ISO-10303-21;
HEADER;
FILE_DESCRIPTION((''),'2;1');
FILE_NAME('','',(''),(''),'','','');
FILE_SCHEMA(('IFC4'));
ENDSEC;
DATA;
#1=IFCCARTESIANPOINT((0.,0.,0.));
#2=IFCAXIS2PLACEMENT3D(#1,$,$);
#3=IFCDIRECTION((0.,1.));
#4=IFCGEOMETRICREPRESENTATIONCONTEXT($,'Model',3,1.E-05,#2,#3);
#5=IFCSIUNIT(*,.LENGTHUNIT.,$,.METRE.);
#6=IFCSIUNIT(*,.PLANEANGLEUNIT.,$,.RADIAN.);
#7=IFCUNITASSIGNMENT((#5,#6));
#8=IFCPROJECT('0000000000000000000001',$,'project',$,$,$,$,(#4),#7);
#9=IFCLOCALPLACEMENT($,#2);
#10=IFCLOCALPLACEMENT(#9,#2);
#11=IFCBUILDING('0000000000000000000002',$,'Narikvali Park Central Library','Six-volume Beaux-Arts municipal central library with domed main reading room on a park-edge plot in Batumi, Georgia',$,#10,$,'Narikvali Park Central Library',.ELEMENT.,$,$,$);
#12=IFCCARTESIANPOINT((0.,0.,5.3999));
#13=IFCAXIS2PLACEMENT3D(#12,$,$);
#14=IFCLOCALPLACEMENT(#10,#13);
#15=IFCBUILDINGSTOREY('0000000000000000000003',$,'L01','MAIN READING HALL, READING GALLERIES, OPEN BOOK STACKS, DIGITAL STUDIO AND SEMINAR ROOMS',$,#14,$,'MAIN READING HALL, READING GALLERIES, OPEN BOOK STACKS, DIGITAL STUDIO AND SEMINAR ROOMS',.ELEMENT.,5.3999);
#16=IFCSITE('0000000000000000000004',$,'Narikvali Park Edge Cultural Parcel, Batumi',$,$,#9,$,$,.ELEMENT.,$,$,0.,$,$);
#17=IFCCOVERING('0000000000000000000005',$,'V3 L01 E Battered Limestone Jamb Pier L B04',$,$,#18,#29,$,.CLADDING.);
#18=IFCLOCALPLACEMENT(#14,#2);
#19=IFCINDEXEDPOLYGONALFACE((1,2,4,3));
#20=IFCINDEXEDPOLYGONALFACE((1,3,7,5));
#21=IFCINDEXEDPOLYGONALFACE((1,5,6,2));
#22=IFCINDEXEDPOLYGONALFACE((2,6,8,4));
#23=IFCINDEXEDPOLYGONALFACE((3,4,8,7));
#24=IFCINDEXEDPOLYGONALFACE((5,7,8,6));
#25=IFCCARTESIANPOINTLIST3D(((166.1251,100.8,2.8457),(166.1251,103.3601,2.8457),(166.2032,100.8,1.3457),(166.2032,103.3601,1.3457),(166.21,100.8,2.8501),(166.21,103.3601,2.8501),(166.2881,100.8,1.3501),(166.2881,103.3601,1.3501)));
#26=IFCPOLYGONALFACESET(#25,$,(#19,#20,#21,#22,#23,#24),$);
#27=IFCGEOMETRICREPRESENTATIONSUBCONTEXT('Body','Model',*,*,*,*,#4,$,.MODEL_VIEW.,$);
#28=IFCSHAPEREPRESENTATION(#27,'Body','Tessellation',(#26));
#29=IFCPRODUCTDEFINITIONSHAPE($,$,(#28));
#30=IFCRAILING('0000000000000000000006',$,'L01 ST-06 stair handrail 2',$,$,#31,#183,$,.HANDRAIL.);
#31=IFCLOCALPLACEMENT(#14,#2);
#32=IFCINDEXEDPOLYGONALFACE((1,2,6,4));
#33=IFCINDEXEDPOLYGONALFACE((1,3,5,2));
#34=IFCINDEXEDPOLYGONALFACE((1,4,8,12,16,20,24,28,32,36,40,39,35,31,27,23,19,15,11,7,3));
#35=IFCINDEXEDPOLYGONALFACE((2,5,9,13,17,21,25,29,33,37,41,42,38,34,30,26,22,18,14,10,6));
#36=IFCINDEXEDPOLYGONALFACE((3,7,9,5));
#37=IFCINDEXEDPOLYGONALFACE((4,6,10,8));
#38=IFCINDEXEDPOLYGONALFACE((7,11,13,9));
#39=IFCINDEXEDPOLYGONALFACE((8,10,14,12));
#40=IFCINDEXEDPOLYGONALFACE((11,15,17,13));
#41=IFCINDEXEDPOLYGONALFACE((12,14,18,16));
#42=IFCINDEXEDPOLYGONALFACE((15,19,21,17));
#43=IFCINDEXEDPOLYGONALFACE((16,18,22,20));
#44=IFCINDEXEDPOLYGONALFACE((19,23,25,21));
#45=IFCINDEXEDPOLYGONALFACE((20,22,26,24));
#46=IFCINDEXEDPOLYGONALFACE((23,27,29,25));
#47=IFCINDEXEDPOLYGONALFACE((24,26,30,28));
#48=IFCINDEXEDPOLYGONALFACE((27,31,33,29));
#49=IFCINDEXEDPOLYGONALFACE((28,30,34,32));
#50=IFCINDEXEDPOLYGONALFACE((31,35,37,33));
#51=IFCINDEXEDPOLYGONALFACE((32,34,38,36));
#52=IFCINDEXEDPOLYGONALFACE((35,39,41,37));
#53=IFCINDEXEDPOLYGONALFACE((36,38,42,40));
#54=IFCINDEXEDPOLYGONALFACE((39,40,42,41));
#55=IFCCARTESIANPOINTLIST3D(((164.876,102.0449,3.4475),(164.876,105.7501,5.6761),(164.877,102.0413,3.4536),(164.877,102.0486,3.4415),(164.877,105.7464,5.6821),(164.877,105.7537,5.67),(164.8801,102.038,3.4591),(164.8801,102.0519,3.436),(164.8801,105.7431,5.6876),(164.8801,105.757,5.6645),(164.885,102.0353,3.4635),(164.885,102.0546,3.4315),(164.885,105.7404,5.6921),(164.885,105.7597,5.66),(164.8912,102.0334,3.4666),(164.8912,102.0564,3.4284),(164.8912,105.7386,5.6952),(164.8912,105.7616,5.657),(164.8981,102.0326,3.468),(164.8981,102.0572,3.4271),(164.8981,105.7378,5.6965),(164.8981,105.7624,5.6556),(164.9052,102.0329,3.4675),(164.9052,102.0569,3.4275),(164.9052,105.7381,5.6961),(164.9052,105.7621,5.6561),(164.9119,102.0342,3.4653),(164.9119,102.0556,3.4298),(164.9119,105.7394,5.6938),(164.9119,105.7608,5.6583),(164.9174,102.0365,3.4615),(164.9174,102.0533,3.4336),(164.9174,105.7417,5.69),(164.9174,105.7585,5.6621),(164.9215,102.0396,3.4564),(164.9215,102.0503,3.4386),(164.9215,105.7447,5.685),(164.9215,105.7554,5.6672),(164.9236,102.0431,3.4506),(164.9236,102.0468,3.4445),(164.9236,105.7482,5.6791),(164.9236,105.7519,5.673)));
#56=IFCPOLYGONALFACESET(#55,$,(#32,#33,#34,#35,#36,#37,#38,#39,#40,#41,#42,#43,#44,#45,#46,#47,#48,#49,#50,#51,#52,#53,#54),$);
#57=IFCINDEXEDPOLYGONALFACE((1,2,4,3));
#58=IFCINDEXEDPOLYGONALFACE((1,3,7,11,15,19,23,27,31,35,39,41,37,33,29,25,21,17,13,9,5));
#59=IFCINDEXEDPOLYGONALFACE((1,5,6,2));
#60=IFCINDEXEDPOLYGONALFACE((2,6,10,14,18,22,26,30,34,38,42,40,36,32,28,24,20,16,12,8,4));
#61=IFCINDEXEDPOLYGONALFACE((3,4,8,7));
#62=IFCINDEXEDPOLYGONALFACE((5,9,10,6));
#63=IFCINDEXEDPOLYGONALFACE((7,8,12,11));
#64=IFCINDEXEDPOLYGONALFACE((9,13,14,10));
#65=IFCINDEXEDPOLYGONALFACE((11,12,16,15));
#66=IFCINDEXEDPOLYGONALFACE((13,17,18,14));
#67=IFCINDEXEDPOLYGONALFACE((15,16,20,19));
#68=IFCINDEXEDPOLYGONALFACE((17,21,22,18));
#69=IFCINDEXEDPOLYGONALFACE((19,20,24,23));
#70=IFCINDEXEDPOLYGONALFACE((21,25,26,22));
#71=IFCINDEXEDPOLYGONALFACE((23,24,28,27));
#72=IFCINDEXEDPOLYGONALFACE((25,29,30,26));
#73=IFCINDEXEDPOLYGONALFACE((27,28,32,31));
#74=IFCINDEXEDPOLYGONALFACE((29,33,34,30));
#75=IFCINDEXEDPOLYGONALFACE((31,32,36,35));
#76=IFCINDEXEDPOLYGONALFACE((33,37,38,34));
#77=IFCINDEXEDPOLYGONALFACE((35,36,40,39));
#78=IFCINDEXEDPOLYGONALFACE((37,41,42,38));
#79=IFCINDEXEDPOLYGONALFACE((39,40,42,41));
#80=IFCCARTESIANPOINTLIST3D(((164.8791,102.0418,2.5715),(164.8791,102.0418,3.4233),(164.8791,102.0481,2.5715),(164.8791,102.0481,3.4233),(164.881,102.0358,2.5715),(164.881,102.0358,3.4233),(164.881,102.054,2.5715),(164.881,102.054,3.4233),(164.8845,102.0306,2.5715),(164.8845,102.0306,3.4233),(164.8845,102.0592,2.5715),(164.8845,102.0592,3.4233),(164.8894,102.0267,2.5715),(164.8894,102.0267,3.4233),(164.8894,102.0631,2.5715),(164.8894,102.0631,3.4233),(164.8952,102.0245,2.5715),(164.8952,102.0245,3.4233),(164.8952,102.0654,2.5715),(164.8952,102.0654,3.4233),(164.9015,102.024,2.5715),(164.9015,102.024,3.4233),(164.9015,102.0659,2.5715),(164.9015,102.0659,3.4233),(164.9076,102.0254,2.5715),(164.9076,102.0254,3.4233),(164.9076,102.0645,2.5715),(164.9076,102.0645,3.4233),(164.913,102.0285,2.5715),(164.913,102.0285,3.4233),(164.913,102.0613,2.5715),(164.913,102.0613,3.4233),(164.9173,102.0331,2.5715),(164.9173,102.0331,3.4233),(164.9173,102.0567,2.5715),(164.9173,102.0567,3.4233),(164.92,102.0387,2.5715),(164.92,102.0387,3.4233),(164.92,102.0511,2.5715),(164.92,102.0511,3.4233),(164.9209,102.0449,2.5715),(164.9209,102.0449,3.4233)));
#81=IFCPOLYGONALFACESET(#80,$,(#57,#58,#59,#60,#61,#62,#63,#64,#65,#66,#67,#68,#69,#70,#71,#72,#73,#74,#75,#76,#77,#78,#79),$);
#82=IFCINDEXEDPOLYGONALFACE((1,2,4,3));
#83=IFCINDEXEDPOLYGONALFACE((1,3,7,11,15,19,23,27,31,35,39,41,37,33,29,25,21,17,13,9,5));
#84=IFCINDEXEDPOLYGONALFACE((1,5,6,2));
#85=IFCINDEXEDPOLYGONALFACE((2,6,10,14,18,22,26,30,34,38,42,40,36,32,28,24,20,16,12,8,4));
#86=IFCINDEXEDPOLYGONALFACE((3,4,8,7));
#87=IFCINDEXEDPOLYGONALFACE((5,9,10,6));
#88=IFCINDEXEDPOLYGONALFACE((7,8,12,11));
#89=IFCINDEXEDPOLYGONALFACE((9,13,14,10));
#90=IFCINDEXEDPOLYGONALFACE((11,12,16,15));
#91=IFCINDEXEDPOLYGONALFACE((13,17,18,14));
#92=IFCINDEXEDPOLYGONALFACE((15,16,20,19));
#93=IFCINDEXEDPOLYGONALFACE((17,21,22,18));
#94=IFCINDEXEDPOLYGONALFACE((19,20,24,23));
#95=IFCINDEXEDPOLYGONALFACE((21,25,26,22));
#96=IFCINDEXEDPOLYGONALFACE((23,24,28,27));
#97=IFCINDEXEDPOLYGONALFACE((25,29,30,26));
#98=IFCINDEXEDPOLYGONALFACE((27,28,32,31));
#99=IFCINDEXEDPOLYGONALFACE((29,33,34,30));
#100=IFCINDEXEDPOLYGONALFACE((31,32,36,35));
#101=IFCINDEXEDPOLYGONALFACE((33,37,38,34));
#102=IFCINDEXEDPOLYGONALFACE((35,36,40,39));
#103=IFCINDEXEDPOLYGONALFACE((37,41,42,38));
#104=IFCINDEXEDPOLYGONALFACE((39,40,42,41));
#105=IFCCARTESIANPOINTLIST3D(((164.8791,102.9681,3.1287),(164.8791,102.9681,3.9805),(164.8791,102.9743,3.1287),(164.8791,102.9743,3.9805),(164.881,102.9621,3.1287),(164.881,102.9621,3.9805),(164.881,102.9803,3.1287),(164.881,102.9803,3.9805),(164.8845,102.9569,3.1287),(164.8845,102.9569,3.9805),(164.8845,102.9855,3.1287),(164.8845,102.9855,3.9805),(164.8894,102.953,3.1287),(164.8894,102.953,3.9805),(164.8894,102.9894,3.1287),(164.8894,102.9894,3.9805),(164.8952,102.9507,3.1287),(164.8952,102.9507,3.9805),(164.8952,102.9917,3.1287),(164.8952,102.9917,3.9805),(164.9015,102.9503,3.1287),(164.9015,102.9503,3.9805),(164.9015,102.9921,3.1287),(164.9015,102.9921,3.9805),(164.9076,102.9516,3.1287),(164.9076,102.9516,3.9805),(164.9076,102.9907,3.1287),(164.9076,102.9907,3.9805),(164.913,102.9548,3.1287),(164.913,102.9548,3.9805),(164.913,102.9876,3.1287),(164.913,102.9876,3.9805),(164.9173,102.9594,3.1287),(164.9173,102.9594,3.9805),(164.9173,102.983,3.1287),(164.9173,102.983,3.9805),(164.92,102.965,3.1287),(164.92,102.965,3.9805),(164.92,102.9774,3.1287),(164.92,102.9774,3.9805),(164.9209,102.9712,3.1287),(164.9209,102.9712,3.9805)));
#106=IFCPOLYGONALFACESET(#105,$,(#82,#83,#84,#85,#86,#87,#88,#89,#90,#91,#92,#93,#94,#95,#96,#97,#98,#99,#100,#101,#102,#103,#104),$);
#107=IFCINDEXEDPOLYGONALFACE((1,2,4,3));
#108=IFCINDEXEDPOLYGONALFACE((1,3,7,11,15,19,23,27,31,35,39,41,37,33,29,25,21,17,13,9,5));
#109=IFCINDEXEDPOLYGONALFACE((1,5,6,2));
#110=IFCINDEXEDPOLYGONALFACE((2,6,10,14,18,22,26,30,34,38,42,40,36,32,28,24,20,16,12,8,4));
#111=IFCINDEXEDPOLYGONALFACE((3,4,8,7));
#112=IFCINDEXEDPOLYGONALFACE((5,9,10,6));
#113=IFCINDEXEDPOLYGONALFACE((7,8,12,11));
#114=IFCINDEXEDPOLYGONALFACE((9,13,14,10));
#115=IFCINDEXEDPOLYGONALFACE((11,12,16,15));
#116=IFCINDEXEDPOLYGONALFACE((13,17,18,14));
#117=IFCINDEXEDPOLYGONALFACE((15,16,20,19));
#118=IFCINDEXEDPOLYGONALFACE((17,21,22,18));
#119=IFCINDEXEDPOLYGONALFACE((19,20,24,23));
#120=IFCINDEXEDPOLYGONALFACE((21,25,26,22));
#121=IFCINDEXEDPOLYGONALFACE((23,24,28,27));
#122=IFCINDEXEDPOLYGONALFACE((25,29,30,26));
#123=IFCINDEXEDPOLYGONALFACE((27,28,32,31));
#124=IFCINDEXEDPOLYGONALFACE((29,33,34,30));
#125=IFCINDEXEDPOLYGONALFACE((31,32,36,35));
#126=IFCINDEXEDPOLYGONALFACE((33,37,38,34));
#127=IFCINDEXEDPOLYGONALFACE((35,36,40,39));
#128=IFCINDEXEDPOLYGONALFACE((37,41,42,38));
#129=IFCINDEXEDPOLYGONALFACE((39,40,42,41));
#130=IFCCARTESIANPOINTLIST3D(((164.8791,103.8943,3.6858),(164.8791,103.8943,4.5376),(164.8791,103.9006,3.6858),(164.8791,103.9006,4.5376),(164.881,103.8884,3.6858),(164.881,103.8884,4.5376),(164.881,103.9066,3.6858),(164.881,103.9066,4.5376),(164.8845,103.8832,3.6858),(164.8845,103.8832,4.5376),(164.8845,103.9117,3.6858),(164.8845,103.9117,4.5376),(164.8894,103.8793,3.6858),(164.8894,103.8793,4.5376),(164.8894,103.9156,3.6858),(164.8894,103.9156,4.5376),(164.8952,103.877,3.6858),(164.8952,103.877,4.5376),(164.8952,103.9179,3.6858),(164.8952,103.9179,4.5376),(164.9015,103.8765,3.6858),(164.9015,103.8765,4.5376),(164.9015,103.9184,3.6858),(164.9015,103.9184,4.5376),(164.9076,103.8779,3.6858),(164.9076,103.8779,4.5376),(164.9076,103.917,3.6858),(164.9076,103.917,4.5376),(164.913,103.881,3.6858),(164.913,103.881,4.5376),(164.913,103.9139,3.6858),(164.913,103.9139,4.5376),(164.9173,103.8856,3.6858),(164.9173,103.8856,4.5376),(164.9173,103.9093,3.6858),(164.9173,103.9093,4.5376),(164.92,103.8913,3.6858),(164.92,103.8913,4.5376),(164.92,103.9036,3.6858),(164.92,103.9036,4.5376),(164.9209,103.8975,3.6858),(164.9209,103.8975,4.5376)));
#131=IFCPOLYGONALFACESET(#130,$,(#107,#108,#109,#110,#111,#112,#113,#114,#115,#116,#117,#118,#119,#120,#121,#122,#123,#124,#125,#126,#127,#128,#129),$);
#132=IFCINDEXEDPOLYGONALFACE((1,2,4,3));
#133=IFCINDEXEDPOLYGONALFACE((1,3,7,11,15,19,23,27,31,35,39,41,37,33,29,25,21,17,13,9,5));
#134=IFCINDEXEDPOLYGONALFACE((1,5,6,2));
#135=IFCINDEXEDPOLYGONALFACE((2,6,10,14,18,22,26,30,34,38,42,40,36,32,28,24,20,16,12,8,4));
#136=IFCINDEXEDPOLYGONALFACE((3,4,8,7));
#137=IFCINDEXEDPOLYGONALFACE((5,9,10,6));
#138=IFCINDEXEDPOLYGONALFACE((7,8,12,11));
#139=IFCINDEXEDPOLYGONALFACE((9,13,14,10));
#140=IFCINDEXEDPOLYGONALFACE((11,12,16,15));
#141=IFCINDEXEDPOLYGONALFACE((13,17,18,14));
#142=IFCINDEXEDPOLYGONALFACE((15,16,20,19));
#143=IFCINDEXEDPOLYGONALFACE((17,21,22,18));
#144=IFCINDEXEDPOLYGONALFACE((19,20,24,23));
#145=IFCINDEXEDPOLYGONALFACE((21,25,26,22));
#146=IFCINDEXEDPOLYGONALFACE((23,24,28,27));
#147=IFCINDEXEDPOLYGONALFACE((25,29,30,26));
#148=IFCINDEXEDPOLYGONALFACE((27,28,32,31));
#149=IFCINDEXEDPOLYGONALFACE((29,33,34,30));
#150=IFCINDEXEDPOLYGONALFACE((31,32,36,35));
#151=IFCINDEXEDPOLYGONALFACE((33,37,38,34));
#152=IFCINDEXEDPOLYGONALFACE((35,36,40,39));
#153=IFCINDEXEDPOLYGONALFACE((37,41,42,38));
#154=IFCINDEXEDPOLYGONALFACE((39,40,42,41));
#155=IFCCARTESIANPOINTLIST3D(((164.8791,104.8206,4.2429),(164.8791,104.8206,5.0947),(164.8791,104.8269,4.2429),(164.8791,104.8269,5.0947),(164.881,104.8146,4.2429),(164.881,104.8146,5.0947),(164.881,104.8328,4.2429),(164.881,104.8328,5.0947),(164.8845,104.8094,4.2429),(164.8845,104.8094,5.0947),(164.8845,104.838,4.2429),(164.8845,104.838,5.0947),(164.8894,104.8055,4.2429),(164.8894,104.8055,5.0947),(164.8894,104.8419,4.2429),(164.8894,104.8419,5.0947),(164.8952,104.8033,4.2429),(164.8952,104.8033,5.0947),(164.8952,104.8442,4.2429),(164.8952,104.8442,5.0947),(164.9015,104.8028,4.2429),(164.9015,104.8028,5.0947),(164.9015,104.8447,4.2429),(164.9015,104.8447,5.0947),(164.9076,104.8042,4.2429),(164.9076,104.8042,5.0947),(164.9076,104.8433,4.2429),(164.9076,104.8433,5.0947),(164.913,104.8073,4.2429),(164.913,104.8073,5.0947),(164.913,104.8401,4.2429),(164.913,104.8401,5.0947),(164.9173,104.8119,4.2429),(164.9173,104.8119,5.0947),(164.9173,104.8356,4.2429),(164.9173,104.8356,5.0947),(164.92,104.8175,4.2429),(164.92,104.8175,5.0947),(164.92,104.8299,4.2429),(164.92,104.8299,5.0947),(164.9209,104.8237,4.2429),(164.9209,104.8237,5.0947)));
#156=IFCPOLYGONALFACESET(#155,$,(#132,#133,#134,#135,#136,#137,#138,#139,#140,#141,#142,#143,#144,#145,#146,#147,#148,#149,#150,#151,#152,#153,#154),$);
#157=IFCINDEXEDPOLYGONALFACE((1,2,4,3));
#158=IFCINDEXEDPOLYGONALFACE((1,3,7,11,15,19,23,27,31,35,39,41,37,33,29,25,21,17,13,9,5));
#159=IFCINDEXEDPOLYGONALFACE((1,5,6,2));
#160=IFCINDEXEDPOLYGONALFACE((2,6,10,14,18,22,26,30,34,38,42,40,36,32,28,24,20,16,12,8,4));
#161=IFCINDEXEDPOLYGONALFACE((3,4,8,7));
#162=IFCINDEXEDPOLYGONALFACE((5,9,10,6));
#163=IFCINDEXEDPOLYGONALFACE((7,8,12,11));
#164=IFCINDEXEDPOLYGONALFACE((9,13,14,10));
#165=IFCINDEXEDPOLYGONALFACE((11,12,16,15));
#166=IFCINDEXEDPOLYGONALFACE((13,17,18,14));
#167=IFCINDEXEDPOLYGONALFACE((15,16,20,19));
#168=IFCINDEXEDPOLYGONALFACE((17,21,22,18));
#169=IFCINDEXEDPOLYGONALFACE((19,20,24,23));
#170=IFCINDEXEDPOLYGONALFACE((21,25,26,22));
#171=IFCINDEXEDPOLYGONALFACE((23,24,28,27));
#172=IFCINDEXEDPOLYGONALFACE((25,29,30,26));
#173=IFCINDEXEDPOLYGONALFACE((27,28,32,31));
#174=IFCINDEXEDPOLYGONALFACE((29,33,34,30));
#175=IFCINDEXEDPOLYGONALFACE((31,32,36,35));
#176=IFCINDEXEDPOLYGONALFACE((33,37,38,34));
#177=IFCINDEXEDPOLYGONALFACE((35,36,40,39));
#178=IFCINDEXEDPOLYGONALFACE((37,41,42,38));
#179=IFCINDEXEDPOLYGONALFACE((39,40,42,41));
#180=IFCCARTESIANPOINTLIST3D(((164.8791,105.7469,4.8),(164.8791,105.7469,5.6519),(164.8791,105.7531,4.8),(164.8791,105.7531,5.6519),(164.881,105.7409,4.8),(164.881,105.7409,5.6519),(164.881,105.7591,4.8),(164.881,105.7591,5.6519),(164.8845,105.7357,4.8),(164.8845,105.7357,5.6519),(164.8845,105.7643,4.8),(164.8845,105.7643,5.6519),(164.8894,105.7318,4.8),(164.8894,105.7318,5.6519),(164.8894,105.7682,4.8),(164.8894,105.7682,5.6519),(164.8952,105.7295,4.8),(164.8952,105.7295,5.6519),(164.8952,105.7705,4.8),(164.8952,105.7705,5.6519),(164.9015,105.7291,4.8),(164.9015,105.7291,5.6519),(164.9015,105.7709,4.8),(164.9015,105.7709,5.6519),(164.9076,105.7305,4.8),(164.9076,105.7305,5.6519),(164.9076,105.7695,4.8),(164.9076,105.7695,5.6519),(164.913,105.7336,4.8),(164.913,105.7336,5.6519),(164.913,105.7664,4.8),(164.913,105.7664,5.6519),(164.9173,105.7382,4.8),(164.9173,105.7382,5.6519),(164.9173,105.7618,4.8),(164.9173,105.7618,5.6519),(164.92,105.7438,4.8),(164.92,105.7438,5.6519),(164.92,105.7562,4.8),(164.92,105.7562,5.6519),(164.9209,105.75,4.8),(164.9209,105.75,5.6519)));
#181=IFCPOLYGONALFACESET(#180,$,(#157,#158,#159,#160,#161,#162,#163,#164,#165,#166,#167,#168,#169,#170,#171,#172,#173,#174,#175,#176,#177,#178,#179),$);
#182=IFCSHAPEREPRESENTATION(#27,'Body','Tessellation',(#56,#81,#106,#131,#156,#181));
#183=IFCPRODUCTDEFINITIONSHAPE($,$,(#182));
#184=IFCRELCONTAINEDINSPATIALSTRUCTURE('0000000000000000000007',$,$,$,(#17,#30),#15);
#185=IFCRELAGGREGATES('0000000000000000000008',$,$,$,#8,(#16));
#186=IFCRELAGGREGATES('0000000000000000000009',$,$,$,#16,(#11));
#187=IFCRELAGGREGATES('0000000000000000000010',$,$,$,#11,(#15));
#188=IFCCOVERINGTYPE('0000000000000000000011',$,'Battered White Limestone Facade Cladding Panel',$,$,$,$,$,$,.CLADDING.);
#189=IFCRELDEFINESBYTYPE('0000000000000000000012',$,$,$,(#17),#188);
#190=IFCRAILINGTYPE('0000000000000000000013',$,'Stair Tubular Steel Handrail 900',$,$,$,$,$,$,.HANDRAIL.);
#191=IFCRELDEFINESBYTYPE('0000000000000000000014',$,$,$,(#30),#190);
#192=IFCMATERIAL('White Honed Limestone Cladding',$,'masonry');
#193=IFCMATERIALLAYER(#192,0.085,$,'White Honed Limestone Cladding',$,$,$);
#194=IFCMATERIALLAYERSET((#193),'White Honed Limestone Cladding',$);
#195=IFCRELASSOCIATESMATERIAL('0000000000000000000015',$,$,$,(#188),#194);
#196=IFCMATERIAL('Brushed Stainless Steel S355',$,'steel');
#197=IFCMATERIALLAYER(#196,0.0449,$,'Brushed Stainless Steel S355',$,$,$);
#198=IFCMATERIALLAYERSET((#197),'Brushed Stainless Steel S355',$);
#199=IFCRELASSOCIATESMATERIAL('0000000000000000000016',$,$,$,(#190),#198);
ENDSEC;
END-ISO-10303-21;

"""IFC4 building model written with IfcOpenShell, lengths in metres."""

from ifc_helpers import new_model, si_unit, direction, frame, origin, origin_2d, place, context, subcontext, project, spatial, polyline, circle, outline, extrude, material, layer, layer_set, type_object, element, save


model = new_model("IFC4")

# Units and contexts
model_context = context("Model", 3, precision=1e-05, world=origin(), true_north=direction((0.0, 1.0)))
body_context = subcontext(model_context, "Body", "Model", "MODEL_VIEW")
ifc_project = project(units=[si_unit("LENGTHUNIT", "METRE"), si_unit("PLANEANGLEUNIT", "RADIAN")], contexts=[model_context])

# Site, building, storey
site_placement = place(None, origin())
site = spatial("IfcSite", under=ifc_project, at=site_placement, Name="Narikvali Park Edge Cultural Parcel, Batumi", CompositionType="ELEMENT", RefElevation=0.0)
building_placement = place(site_placement, origin())
building = spatial("IfcBuilding", under=site, at=building_placement, Name="Narikvali Park Central Library", Description="Six-volume Beaux-Arts municipal central library with domed main reading room on a park-edge plot in Batumi, Georgia", LongName="Narikvali Park Central Library", CompositionType="ELEMENT")
storey_placement = place(building_placement, frame((0.0, 0.0, 5.3999)))
storey = spatial("IfcBuildingStorey", under=building, at=storey_placement, Name="L01", Description="MAIN READING HALL, READING GALLERIES, OPEN BOOK STACKS, DIGITAL STUDIO AND SEMINAR ROOMS", LongName="MAIN READING HALL, READING GALLERIES, OPEN BOOK STACKS, DIGITAL STUDIO AND SEMINAR ROOMS", CompositionType="ELEMENT", Elevation=5.3999)

# Covering
ifc_material_1 = material(Name="White Honed Limestone Cladding", Category="masonry")
ifc_layer_1 = layer(ifc_material_1, 0.085, Name="White Honed Limestone Cladding")
ifc_layer_set_1 = layer_set([ifc_layer_1], Name="White Honed Limestone Cladding")
covering_type = type_object("IfcCoveringType", Name="Battered White Limestone Facade Cladding Panel", PredefinedType="CLADDING", material=ifc_layer_set_1)
covering_1_placement = place(storey_placement, frame((166.2881, 100.8, 1.3501), z_axis=(0.998646, 0.0, 0.052013), x_axis=(0.0, 1.0, 0.0)))
element("IfcCovering", 1, at=covering_1_placement, inside=storey, type_object=covering_type, Name="V3 L01 E Battered Limestone Jamb Pier L B04", PredefinedType="CLADDING", context=body_context, shape_type="SweptSolid", body=[
    extrude(outline(polyline([(0.0, 0.0), (2.5601, 0.0), (2.5601, 1.502), (0.0, 1.502), (0.0, 0.0)])), origin(), (0.0, 0.0, -1.0), 0.085),
])

# Railing
ifc_material_2 = material(Name="Brushed Stainless Steel S355", Category="steel")
ifc_layer_2 = layer(ifc_material_2, 0.0449, Name="Brushed Stainless Steel S355")
ifc_layer_set_2 = layer_set([ifc_layer_2], Name="Brushed Stainless Steel S355")
railing_type_1 = type_object("IfcRailingType", Name="Stair Tubular Steel Handrail 900", PredefinedType="HANDRAIL", material=ifc_layer_set_2)
railing_1_placement = place(storey_placement, frame((164.8999, 102.0449, 2.5715)))
element("IfcRailing", 2, at=railing_1_placement, inside=storey, type_object=railing_type_1, Name="L01 ST-06 stair handrail 2", PredefinedType="HANDRAIL", context=body_context, shape_type="SweptSolid", body=[
    extrude(circle(Radius=0.0239, at=origin_2d()), frame((0.0, 0.0, 0.876), z_axis=(0.0, 0.856934, 0.515425), x_axis=(-1.0, 0.0, 0.0)), (0.0, 0.0, 1.0), 4.3237),
    extrude(circle(Radius=0.021, at=origin_2d()), origin(), (0.0, 0.0, 1.0), 0.8518),
    extrude(circle(Radius=0.021, at=origin_2d()), frame((0.0, 0.9263, 0.5571)), (0.0, 0.0, 1.0), 0.8518),
    extrude(circle(Radius=0.021, at=origin_2d()), frame((0.0, 1.8525, 1.1143)), (0.0, 0.0, 1.0), 0.8518),
    extrude(circle(Radius=0.021, at=origin_2d()), frame((0.0, 2.7788, 1.6714)), (0.0, 0.0, 1.0), 0.8518),
    extrude(circle(Radius=0.021, at=origin_2d()), frame((0.0, 3.7051, 2.2285)), (0.0, 0.0, 1.0), 0.8518),
])

save(model, "model.ifc")
